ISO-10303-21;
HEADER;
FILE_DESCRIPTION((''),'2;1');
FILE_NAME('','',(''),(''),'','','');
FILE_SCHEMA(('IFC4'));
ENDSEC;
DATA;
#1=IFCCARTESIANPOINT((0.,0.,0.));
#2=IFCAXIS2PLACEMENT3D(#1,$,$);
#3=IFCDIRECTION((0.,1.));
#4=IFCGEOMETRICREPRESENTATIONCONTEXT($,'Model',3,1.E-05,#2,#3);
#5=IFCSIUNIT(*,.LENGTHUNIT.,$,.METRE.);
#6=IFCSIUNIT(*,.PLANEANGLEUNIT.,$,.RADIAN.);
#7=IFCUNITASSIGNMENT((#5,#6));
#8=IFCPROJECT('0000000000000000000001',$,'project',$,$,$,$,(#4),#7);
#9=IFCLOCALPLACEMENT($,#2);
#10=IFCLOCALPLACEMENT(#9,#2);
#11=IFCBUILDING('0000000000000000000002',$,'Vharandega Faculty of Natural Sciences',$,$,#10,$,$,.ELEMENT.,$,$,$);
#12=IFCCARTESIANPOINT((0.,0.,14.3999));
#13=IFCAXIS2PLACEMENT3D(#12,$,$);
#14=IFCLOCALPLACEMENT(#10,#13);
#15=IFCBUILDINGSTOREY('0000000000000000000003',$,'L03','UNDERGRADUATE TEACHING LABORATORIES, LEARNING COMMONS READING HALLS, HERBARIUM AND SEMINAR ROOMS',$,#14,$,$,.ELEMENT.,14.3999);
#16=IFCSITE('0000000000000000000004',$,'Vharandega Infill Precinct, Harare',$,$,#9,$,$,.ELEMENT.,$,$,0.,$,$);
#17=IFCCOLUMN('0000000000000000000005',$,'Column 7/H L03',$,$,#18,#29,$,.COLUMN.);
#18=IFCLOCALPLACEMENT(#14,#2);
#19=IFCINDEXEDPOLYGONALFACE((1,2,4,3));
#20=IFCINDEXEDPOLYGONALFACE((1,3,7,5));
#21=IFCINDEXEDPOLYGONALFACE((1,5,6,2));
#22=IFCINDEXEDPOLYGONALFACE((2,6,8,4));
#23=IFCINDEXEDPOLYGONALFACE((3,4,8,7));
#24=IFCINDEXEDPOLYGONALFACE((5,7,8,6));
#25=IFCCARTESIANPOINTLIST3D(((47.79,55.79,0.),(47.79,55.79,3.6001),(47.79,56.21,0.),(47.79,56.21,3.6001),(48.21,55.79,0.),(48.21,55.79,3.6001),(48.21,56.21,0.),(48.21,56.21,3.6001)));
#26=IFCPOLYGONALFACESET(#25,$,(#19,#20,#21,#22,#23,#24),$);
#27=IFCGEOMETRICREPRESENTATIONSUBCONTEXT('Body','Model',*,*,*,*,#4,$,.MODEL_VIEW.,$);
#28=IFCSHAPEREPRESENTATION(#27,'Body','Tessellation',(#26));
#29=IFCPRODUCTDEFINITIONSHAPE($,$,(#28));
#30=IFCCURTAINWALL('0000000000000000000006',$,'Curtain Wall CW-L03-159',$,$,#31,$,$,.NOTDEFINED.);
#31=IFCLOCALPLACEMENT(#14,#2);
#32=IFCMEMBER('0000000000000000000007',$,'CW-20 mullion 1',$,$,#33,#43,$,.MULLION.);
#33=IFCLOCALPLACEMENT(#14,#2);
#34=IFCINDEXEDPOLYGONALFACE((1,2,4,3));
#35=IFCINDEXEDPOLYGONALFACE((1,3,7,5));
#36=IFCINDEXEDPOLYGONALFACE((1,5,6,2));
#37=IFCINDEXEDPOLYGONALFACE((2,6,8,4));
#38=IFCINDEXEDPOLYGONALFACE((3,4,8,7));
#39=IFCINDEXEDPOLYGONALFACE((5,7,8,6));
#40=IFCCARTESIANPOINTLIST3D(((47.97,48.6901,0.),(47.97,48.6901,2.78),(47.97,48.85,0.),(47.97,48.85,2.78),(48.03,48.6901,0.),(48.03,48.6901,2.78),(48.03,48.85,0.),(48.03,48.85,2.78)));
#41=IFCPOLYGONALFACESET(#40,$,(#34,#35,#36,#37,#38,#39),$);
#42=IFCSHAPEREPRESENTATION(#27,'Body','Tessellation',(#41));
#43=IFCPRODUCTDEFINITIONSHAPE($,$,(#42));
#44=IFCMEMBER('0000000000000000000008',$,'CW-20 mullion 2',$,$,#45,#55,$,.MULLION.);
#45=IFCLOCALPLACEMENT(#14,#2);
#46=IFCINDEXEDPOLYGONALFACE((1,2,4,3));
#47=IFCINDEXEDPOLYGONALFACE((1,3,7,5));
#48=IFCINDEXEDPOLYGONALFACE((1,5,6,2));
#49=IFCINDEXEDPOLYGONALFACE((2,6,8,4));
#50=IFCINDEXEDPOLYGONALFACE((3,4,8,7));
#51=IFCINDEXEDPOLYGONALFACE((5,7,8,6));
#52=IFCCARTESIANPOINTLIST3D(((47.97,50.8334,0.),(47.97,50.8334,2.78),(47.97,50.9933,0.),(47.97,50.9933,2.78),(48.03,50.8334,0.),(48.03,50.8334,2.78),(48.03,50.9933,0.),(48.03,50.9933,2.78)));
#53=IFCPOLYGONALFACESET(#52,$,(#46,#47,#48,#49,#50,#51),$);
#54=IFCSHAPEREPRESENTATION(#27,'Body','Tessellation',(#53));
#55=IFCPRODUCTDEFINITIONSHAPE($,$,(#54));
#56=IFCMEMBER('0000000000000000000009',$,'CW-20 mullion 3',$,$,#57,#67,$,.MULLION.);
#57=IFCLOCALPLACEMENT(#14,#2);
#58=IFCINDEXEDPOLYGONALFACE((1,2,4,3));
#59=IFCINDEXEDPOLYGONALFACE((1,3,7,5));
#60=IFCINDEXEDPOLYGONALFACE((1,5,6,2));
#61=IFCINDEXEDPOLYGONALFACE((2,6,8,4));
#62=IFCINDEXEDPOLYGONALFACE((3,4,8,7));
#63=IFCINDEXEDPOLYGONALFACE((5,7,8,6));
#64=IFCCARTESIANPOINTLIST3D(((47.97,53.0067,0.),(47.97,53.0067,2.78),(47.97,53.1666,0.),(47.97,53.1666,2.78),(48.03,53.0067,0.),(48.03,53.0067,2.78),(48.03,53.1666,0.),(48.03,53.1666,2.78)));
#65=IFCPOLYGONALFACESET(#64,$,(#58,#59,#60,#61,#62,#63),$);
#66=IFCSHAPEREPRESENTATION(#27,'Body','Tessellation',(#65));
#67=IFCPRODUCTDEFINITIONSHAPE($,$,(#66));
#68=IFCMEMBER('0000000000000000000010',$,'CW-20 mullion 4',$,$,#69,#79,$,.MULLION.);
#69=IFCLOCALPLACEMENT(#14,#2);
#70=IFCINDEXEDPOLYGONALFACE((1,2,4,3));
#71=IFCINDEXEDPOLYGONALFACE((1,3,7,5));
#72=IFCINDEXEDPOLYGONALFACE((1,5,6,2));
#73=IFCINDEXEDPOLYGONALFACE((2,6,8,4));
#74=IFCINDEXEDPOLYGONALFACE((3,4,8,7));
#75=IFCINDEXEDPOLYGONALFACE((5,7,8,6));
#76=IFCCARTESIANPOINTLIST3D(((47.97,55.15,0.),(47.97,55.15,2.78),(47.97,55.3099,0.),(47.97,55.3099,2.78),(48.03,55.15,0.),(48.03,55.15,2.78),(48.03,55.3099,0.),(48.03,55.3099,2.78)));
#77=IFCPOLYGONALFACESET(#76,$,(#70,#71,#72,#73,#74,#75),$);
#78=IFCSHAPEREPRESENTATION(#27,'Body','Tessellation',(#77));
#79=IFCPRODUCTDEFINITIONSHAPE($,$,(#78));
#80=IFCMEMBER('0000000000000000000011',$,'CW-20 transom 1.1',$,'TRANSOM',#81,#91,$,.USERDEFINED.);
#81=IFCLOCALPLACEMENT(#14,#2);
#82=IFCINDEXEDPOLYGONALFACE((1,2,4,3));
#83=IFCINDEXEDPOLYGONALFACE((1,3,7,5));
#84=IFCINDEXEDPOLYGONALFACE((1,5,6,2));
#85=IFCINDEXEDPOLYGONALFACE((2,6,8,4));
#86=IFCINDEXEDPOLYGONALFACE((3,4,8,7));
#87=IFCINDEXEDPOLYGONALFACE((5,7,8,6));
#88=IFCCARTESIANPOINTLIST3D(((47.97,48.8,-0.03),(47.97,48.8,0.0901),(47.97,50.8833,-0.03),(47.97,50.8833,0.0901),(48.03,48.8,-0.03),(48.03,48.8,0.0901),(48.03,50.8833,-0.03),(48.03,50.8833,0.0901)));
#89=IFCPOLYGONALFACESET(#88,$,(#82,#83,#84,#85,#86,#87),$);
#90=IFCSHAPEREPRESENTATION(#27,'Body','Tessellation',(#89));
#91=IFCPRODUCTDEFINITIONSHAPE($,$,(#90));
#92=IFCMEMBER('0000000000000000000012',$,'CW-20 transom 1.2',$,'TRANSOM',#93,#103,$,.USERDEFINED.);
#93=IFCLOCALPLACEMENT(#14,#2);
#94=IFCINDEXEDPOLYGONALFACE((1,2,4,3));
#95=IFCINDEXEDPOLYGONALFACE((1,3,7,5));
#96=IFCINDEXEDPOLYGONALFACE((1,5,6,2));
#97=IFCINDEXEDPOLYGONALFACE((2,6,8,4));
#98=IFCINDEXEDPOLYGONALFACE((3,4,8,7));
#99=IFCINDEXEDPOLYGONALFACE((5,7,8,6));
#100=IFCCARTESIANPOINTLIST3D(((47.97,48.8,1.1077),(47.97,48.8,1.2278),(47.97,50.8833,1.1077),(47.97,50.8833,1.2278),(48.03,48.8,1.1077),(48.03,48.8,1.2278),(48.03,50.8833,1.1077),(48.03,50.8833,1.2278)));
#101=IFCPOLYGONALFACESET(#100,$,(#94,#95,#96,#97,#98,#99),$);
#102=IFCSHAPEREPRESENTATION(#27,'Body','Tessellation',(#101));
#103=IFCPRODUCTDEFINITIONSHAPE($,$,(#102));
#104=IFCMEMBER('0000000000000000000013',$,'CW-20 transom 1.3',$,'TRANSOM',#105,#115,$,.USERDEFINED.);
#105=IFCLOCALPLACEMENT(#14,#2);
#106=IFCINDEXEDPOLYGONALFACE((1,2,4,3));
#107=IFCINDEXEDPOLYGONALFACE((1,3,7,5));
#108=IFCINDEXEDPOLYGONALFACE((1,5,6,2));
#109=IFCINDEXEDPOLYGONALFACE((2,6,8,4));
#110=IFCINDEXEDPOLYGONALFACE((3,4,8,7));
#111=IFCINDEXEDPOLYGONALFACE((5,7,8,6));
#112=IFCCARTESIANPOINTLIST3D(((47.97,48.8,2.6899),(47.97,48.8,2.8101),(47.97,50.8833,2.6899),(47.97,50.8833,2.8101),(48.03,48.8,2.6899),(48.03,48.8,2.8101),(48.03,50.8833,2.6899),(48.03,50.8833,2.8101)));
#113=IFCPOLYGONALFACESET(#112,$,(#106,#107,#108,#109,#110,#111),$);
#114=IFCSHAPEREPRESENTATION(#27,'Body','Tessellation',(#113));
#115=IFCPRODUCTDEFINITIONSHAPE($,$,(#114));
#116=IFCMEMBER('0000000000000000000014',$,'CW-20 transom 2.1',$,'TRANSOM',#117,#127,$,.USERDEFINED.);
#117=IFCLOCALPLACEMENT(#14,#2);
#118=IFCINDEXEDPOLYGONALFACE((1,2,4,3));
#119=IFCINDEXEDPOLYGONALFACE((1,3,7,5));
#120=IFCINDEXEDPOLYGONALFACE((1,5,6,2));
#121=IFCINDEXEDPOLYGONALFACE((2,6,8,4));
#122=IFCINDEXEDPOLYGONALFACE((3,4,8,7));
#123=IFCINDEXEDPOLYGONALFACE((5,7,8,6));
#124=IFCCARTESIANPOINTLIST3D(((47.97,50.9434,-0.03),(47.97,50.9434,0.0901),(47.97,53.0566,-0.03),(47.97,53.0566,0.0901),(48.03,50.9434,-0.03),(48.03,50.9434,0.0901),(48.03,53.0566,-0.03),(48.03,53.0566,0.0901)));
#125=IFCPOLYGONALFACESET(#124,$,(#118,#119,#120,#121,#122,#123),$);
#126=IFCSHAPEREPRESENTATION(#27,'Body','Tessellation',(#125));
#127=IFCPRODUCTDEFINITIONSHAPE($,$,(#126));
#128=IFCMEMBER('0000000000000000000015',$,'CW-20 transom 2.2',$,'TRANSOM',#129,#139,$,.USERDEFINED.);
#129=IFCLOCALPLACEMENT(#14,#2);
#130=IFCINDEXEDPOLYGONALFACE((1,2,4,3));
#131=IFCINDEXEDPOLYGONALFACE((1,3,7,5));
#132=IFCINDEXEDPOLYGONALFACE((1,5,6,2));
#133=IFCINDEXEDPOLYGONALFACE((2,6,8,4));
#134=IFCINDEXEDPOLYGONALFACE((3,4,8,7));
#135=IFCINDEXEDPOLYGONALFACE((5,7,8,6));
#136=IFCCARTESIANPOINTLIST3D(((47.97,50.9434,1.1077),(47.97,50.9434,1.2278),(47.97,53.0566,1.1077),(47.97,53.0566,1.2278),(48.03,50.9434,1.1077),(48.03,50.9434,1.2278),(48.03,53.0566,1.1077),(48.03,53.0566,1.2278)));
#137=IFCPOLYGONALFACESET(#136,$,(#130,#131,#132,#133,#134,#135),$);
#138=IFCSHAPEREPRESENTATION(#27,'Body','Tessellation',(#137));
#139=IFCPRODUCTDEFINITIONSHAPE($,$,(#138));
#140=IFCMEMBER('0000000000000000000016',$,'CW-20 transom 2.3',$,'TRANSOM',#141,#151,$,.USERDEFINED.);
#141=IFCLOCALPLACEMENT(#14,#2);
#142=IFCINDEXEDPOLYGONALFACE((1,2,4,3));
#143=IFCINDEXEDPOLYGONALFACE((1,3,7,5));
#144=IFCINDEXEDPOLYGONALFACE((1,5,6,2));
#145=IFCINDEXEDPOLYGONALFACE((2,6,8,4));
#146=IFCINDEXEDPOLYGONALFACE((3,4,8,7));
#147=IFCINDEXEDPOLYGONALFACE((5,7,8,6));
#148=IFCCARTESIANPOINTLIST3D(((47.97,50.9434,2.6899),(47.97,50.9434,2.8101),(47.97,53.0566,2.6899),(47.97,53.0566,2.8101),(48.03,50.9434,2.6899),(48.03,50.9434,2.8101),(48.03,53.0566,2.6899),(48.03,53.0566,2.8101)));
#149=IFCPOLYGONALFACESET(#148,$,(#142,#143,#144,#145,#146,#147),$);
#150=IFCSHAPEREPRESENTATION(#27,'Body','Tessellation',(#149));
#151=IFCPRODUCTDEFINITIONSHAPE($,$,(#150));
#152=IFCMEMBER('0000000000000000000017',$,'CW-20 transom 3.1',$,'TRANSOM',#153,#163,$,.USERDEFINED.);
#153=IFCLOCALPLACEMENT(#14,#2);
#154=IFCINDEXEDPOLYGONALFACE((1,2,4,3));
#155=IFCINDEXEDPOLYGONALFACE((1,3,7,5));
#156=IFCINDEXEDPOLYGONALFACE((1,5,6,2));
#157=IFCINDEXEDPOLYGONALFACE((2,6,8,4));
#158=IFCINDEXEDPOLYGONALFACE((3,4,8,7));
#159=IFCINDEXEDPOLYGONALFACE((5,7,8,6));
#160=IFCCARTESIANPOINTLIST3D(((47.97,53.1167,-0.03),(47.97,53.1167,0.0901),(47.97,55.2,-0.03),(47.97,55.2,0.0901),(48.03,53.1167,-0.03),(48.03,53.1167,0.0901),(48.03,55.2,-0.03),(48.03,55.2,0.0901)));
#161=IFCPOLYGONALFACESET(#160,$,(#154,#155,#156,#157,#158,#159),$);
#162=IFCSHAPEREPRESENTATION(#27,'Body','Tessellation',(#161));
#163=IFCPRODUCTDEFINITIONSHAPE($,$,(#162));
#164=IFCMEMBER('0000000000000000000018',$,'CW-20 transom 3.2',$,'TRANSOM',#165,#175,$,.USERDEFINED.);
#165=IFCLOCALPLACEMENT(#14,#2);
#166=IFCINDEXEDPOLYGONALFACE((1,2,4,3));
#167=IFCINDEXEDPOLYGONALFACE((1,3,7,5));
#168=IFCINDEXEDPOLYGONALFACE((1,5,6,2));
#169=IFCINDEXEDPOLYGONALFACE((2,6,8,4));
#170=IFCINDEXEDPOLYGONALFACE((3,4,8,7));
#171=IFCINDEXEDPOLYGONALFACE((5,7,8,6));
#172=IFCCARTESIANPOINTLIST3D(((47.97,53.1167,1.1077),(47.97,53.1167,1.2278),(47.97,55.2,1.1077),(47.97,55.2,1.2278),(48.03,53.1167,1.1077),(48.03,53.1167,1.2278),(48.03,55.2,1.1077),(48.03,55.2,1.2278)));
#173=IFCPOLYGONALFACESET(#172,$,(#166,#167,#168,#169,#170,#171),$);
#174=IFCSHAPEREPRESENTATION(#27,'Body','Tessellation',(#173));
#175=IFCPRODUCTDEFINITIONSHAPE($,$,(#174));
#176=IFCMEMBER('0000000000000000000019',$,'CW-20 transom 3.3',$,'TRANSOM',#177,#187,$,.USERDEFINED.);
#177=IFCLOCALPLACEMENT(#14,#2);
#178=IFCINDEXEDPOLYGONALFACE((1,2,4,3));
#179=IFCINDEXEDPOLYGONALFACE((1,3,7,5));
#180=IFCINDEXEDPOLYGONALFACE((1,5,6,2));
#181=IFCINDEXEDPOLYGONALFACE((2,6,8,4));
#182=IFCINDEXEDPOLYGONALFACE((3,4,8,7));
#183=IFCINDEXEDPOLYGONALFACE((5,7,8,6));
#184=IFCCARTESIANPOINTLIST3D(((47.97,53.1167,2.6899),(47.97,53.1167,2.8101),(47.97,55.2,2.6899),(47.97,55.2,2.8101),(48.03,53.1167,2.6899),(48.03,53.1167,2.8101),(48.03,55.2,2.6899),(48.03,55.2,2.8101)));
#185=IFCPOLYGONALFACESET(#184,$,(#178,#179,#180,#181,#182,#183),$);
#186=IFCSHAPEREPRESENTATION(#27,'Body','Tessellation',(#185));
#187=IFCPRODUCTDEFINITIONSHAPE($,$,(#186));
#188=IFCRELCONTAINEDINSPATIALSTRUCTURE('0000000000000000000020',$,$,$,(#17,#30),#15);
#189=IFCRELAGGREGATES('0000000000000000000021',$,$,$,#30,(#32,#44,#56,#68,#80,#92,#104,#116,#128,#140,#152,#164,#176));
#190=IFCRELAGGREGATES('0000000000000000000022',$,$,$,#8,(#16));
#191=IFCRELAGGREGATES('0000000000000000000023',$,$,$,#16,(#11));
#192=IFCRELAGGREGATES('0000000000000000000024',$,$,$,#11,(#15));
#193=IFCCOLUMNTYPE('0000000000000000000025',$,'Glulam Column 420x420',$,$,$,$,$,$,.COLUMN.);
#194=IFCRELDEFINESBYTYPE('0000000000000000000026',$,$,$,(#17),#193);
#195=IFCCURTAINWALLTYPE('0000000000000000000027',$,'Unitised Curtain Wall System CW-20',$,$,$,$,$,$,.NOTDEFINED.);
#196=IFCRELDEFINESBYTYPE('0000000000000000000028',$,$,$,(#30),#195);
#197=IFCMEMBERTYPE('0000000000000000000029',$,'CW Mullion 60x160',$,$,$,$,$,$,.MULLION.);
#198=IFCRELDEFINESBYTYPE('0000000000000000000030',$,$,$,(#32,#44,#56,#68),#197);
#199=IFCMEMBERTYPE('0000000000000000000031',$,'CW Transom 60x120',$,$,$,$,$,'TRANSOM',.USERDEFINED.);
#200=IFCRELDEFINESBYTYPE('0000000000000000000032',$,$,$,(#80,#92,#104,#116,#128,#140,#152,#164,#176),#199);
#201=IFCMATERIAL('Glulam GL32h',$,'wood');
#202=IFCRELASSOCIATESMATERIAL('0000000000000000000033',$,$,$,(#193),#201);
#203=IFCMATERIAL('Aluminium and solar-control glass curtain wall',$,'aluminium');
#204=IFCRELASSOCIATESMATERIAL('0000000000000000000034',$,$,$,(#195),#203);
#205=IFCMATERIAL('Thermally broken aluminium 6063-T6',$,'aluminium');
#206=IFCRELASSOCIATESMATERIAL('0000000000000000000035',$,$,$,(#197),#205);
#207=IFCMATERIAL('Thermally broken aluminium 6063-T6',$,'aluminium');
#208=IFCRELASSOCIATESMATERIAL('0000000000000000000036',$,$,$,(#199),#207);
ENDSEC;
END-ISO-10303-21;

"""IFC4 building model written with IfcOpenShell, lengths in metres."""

from ifc_helpers import new_model, si_unit, direction, frame, origin, origin_2d, place, context, subcontext, project, spatial, rectangle, extrude, material, material_profile, profile_set, type_object, element, aggregate, save


model = new_model("IFC4")

# Units and contexts
model_context = context("Model", 3, precision=1e-05, world=origin(), true_north=direction((0.0, 1.0)))
body_context = subcontext(model_context, "Body", "Model", "MODEL_VIEW")
ifc_project = project(units=[si_unit("LENGTHUNIT", "METRE"), si_unit("PLANEANGLEUNIT", "RADIAN")], contexts=[model_context])

# Site, building, storey
site_placement = place(None, origin())
site = spatial("IfcSite", under=ifc_project, at=site_placement, Name="Vharandega Infill Precinct, Harare", CompositionType="ELEMENT", RefElevation=0.0)
building_placement = place(site_placement, origin())
building = spatial("IfcBuilding", under=site, at=building_placement, Name="Vharandega Faculty of Natural Sciences", CompositionType="ELEMENT")
storey_placement = place(building_placement, frame((0.0, 0.0, 14.3999)))
storey = spatial("IfcBuildingStorey", under=building, at=storey_placement, Name="L03", Description="UNDERGRADUATE TEACHING LABORATORIES, LEARNING COMMONS READING HALLS, HERBARIUM AND SEMINAR ROOMS", CompositionType="ELEMENT", Elevation=14.3999)

# Column
ifc_material_1 = material(Name="Glulam GL32h", Category="wood")
ifc_material_profile_1 = material_profile(ifc_material_1, rectangle(XDim=0.4199, YDim=0.4199, at=origin_2d()), Name="GL32h 420x420")
ifc_profile_set_1 = profile_set([ifc_material_profile_1], Name="Glulam GL32h")
column_type = type_object("IfcColumnType", Name="Glulam Column 420x420", PredefinedType="COLUMN", material=ifc_profile_set_1)
column_placement = place(storey_placement, frame((48.0, 56.0, 0.0), z_axis=(0.0, 0.0, 1.0), x_axis=(1.0, 0.0, 0.0)))
element("IfcColumn", 1, at=column_placement, inside=storey, type_object=column_type, Name="Column 7/H L03", PredefinedType="COLUMN", context=body_context, shape_type="SweptSolid", body=[
    extrude(rectangle(XDim=0.4199, YDim=0.4199, at=origin_2d()), origin(), (0.0, 0.0, 1.0), 3.6001),
])

# Curtain wall, members
ifc_material_2 = material(Name="Aluminium and solar-control glass curtain wall", Category="aluminium")
curtain_wall_type = type_object("IfcCurtainWallType", Name="Unitised Curtain Wall System CW-20", PredefinedType="NOTDEFINED", material=ifc_material_2)
curtain_wall_placement = place(storey_placement, origin())
curtain_wall = element("IfcCurtainWall", 2, at=curtain_wall_placement, inside=storey, type_object=curtain_wall_type, Name="Curtain Wall CW-L03-159", PredefinedType="NOTDEFINED")
ifc_material_3 = material(Name="Thermally broken aluminium 6063-T6", Category="aluminium")
ifc_material_profile_2 = material_profile(ifc_material_3, rectangle(XDim=0.0601, YDim=0.1599, at=origin_2d()), Name="ALU 60x160")
ifc_profile_set_2 = profile_set([ifc_material_profile_2], Name="Thermally broken aluminium 6063-T6")
member_type_1 = type_object("IfcMemberType", Name="CW Mullion 60x160", PredefinedType="MULLION", material=ifc_profile_set_2)
member_1_placement = place(storey_placement, frame((48.0, 48.77, 0.0), z_axis=(0.0, 0.0, 1.0), x_axis=(-1.0, 0.0, 0.0)))
member_1 = element("IfcMember", 3, at=member_1_placement, type_object=member_type_1, Name="CW-20 mullion 1", PredefinedType="MULLION", context=body_context, shape_type="SweptSolid", body=[
    extrude(rectangle(XDim=0.0601, YDim=0.1599, at=origin_2d()), origin(), (0.0, 0.0, 1.0), 2.78),
])
member_2_placement = place(storey_placement, frame((48.0, 50.9133, 0.0), z_axis=(0.0, 0.0, 1.0), x_axis=(-1.0, 0.0, 0.0)))
member_2 = element("IfcMember", 4, at=member_2_placement, type_object=member_type_1, Name="CW-20 mullion 2", PredefinedType="MULLION", context=body_context, shape_type="SweptSolid", body=[
    extrude(rectangle(XDim=0.0601, YDim=0.1599, at=origin_2d()), origin(), (0.0, 0.0, 1.0), 2.78),
])
member_3_placement = place(storey_placement, frame((48.0, 53.0867, 0.0), z_axis=(0.0, 0.0, 1.0), x_axis=(-1.0, 0.0, 0.0)))
member_3 = element("IfcMember", 5, at=member_3_placement, type_object=member_type_1, Name="CW-20 mullion 3", PredefinedType="MULLION", context=body_context, shape_type="SweptSolid", body=[
    extrude(rectangle(XDim=0.0601, YDim=0.1599, at=origin_2d()), origin(), (0.0, 0.0, 1.0), 2.78),
])
member_4_placement = place(storey_placement, frame((48.0, 55.23, 0.0), z_axis=(0.0, 0.0, 1.0), x_axis=(-1.0, 0.0, 0.0)))
member_4 = element("IfcMember", 6, at=member_4_placement, type_object=member_type_1, Name="CW-20 mullion 4", PredefinedType="MULLION", context=body_context, shape_type="SweptSolid", body=[
    extrude(rectangle(XDim=0.0601, YDim=0.1599, at=origin_2d()), origin(), (0.0, 0.0, 1.0), 2.78),
])
ifc_material_4 = material(Name="Thermally broken aluminium 6063-T6", Category="aluminium")
ifc_material_profile_3 = material_profile(ifc_material_4, rectangle(XDim=0.0601, YDim=0.1201, at=origin_2d()), Name="ALU 60x120")
ifc_profile_set_3 = profile_set([ifc_material_profile_3], Name="Thermally broken aluminium 6063-T6")
member_type_2 = type_object("IfcMemberType", Name="CW Transom 60x120", ElementType="TRANSOM", PredefinedType="USERDEFINED", material=ifc_profile_set_3)
member_5_placement = place(storey_placement, frame((48.0, 48.8, 0.03), z_axis=(0.0, 1.0, 0.0), x_axis=(-1.0, 0.0, 0.0)))
member_5 = element("IfcMember", 7, at=member_5_placement, type_object=member_type_2, Name="CW-20 transom 1.1", ObjectType="TRANSOM", PredefinedType="USERDEFINED", context=body_context, shape_type="SweptSolid", body=[
    extrude(rectangle(XDim=0.0601, YDim=0.1201, at=origin_2d()), origin(), (0.0, 0.0, 1.0), 2.0833),
])
member_6_placement = place(storey_placement, frame((48.0, 48.8, 1.1677), z_axis=(0.0, 1.0, 0.0), x_axis=(-1.0, 0.0, 0.0)))
member_6 = element("IfcMember", 8, at=member_6_placement, type_object=member_type_2, Name="CW-20 transom 1.2", ObjectType="TRANSOM", PredefinedType="USERDEFINED", context=body_context, shape_type="SweptSolid", body=[
    extrude(rectangle(XDim=0.0601, YDim=0.1201, at=origin_2d()), origin(), (0.0, 0.0, 1.0), 2.0833),
])
member_7_placement = place(storey_placement, frame((48.0, 48.8, 2.75), z_axis=(0.0, 1.0, 0.0), x_axis=(-1.0, 0.0, 0.0)))
member_7 = element("IfcMember", 9, at=member_7_placement, type_object=member_type_2, Name="CW-20 transom 1.3", ObjectType="TRANSOM", PredefinedType="USERDEFINED", context=body_context, shape_type="SweptSolid", body=[
    extrude(rectangle(XDim=0.0601, YDim=0.1201, at=origin_2d()), origin(), (0.0, 0.0, 1.0), 2.0833),
])
member_8_placement = place(storey_placement, frame((48.0, 50.9434, 0.03), z_axis=(0.0, 1.0, 0.0), x_axis=(-1.0, 0.0, 0.0)))
member_8 = element("IfcMember", 10, at=member_8_placement, type_object=member_type_2, Name="CW-20 transom 2.1", ObjectType="TRANSOM", PredefinedType="USERDEFINED", context=body_context, shape_type="SweptSolid", body=[
    extrude(rectangle(XDim=0.0601, YDim=0.1201, at=origin_2d()), origin(), (0.0, 0.0, 1.0), 2.1133),
])
member_9_placement = place(storey_placement, frame((48.0, 50.9434, 1.1677), z_axis=(0.0, 1.0, 0.0), x_axis=(-1.0, 0.0, 0.0)))
member_9 = element("IfcMember", 11, at=member_9_placement, type_object=member_type_2, Name="CW-20 transom 2.2", ObjectType="TRANSOM", PredefinedType="USERDEFINED", context=body_context, shape_type="SweptSolid", body=[
    extrude(rectangle(XDim=0.0601, YDim=0.1201, at=origin_2d()), origin(), (0.0, 0.0, 1.0), 2.1133),
])
member_10_placement = place(storey_placement, frame((48.0, 50.9434, 2.75), z_axis=(0.0, 1.0, 0.0), x_axis=(-1.0, 0.0, 0.0)))
member_10 = element("IfcMember", 12, at=member_10_placement, type_object=member_type_2, Name="CW-20 transom 2.3", ObjectType="TRANSOM", PredefinedType="USERDEFINED", context=body_context, shape_type="SweptSolid", body=[
    extrude(rectangle(XDim=0.0601, YDim=0.1201, at=origin_2d()), origin(), (0.0, 0.0, 1.0), 2.1133),
])
member_11_placement = place(storey_placement, frame((48.0, 53.1167, 0.03), z_axis=(0.0, 1.0, 0.0), x_axis=(-1.0, 0.0, 0.0)))
member_11 = element("IfcMember", 13, at=member_11_placement, type_object=member_type_2, Name="CW-20 transom 3.1", ObjectType="TRANSOM", PredefinedType="USERDEFINED", context=body_context, shape_type="SweptSolid", body=[
    extrude(rectangle(XDim=0.0601, YDim=0.1201, at=origin_2d()), origin(), (0.0, 0.0, 1.0), 2.0833),
])
member_12_placement = place(storey_placement, frame((48.0, 53.1167, 1.1677), z_axis=(0.0, 1.0, 0.0), x_axis=(-1.0, 0.0, 0.0)))
member_12 = element("IfcMember", 14, at=member_12_placement, type_object=member_type_2, Name="CW-20 transom 3.2", ObjectType="TRANSOM", PredefinedType="USERDEFINED", context=body_context, shape_type="SweptSolid", body=[
    extrude(rectangle(XDim=0.0601, YDim=0.1201, at=origin_2d()), origin(), (0.0, 0.0, 1.0), 2.0833),
])
member_13_placement = place(storey_placement, frame((48.0, 53.1167, 2.75), z_axis=(0.0, 1.0, 0.0), x_axis=(-1.0, 0.0, 0.0)))
member_13 = element("IfcMember", 15, at=member_13_placement, type_object=member_type_2, Name="CW-20 transom 3.3", ObjectType="TRANSOM", PredefinedType="USERDEFINED", context=body_context, shape_type="SweptSolid", body=[
    extrude(rectangle(XDim=0.0601, YDim=0.1201, at=origin_2d()), origin(), (0.0, 0.0, 1.0), 2.0833),
])

aggregate(curtain_wall, [member_1, member_2, member_3, member_4, member_5, member_6, member_7, member_8, member_9, member_10, member_11, member_12, member_13])

save(model, "model.ifc")
